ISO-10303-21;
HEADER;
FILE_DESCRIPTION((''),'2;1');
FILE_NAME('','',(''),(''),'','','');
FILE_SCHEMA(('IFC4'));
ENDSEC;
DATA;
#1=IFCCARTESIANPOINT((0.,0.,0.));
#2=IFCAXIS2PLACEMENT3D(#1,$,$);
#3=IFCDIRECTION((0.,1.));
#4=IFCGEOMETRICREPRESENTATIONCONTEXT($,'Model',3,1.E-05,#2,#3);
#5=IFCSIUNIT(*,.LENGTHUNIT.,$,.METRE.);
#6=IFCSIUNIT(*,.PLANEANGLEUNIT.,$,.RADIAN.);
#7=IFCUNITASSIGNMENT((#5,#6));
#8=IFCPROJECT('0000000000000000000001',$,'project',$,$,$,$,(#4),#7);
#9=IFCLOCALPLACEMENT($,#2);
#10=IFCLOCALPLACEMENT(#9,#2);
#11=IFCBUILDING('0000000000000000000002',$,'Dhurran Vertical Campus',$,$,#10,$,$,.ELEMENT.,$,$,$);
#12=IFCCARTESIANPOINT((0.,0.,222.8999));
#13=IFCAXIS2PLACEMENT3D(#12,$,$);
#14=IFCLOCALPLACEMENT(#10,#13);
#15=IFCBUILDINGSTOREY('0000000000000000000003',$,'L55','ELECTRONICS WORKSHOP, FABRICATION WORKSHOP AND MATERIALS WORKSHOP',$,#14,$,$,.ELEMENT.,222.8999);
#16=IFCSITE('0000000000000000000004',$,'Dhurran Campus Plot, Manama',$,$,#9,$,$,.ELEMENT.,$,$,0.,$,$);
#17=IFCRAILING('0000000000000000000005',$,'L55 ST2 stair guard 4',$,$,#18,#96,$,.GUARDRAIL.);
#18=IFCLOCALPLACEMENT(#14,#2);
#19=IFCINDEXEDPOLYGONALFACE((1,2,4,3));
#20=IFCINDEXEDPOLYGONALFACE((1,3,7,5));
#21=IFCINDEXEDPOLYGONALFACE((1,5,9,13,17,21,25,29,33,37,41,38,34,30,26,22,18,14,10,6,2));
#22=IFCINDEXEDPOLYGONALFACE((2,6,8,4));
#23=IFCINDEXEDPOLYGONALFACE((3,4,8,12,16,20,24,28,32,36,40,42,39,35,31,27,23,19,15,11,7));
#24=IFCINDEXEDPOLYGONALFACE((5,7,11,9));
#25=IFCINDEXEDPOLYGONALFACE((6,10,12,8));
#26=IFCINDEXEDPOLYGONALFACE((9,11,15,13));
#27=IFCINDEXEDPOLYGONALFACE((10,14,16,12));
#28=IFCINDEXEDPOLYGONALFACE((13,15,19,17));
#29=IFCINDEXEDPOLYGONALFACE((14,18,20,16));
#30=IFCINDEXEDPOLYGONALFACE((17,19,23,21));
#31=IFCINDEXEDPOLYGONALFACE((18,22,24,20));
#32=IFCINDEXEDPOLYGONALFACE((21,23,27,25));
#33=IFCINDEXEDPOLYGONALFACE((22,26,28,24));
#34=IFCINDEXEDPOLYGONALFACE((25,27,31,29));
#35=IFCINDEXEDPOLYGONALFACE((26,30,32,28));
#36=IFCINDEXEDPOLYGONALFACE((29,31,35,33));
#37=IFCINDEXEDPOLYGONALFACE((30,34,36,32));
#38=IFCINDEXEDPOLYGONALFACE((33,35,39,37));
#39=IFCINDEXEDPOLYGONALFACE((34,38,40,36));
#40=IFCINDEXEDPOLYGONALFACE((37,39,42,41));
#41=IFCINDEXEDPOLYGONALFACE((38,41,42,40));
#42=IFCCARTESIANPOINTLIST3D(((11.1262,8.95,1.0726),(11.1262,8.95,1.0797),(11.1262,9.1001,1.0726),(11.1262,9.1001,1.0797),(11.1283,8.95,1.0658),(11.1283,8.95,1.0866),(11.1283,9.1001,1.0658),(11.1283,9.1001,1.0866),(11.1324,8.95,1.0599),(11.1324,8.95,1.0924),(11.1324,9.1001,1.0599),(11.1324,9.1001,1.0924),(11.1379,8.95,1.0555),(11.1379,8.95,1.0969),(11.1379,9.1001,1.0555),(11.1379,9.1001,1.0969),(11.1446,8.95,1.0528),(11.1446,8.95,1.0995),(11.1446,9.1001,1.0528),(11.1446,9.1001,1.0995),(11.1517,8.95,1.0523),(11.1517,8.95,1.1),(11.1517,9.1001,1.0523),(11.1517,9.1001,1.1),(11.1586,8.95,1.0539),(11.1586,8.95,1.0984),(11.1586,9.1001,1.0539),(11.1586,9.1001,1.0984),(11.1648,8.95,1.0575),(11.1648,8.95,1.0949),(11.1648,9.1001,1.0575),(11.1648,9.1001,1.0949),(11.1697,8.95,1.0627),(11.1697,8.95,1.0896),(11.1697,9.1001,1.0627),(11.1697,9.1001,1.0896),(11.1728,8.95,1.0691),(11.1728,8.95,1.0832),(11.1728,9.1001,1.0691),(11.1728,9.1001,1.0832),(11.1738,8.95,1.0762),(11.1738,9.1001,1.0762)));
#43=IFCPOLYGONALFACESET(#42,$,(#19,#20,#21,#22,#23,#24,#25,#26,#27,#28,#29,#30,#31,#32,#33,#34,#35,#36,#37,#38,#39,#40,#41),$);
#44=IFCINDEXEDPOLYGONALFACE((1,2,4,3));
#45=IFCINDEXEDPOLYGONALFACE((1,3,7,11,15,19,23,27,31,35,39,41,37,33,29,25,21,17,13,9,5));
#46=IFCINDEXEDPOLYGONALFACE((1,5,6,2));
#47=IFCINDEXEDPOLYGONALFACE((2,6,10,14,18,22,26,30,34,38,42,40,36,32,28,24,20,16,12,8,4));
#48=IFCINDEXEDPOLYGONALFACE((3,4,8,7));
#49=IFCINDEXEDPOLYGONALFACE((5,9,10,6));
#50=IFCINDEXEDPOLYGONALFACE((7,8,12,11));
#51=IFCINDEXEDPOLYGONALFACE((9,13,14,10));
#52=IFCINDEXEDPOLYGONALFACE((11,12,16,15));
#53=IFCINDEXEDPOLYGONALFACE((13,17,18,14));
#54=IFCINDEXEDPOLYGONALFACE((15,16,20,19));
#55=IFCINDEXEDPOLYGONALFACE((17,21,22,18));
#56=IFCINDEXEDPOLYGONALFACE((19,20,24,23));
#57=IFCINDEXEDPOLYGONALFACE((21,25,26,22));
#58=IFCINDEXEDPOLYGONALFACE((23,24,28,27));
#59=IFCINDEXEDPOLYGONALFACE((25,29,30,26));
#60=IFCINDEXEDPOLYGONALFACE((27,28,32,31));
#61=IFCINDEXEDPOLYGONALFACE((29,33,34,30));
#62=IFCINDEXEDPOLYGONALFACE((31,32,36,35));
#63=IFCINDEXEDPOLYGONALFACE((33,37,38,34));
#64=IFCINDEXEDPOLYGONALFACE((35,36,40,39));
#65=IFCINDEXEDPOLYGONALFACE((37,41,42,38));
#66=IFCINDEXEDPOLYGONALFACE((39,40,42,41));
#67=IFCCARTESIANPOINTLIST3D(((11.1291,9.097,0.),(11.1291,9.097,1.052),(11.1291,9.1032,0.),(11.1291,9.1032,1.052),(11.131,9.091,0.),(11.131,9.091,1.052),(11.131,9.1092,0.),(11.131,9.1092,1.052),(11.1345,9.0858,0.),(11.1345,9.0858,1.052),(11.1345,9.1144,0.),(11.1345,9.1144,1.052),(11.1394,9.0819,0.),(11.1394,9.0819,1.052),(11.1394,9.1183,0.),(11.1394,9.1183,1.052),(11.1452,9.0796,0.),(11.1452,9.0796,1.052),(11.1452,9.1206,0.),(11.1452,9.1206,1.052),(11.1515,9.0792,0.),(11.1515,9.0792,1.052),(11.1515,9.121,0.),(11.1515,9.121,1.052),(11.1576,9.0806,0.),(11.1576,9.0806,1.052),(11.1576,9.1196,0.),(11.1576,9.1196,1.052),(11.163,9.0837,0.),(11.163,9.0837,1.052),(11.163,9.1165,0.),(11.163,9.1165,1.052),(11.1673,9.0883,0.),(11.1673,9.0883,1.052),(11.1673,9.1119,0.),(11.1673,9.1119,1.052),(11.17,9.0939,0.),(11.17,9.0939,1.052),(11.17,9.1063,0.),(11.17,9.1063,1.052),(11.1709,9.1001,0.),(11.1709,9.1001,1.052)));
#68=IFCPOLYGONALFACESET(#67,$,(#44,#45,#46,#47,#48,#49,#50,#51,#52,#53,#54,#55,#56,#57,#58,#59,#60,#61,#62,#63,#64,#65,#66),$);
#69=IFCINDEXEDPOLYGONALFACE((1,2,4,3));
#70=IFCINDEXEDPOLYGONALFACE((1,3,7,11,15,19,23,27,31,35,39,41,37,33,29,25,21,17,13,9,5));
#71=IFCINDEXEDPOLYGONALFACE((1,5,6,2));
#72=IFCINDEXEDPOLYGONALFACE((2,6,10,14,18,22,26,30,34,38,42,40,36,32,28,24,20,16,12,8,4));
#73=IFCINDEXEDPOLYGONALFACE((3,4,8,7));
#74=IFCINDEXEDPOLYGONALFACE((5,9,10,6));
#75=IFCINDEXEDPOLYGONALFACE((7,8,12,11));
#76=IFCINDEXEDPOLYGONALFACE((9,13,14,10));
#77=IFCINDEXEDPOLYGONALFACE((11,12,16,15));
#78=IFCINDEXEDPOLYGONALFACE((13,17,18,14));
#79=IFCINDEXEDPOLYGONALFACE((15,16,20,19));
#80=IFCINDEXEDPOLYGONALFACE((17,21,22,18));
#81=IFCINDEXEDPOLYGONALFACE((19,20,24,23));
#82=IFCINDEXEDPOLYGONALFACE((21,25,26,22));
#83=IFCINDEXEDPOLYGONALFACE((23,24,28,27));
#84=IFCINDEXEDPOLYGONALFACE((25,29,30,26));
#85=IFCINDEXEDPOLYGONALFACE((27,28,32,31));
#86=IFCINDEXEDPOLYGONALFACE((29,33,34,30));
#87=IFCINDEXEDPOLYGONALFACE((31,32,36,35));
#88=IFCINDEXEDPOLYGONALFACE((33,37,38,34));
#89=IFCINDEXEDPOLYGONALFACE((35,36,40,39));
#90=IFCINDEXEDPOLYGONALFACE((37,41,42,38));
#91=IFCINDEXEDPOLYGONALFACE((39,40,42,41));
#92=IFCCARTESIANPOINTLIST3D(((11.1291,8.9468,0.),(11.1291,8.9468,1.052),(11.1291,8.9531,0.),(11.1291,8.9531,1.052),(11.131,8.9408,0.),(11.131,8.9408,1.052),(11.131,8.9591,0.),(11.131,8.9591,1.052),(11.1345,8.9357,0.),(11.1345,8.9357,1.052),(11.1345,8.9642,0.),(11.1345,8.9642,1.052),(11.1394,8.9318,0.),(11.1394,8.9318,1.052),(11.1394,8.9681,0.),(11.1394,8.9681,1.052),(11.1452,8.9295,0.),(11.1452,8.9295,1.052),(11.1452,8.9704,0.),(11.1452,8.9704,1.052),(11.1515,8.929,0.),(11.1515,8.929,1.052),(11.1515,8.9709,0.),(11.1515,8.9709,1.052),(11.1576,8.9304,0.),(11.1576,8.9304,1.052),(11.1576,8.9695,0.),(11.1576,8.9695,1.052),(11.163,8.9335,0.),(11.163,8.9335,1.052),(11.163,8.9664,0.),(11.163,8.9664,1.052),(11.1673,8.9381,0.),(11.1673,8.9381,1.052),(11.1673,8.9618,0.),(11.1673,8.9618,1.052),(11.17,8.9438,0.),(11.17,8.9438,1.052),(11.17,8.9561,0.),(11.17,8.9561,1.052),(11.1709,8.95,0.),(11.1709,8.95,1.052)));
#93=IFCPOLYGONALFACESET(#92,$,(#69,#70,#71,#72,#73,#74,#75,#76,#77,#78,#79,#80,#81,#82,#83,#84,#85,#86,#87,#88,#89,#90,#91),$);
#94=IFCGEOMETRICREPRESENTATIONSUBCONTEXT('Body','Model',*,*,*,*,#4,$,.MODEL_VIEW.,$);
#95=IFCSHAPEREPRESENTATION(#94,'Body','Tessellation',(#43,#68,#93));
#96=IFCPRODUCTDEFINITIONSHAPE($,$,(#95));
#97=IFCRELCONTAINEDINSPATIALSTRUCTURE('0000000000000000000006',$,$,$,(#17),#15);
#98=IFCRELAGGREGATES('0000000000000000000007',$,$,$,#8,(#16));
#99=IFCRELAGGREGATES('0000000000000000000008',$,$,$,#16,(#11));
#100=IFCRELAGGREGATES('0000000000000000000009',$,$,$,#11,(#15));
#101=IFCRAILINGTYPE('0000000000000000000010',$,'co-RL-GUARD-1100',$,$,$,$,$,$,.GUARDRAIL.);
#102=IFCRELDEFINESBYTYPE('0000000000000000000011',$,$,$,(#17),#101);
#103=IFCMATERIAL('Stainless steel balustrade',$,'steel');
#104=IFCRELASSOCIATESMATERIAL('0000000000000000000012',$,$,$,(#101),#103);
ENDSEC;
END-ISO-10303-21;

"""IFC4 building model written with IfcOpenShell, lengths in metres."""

from ifc_helpers import new_model, si_unit, direction, frame, origin, origin_2d, place, context, subcontext, project, spatial, circle, extrude, material, type_object, element, save


model = new_model("IFC4")

# Units and contexts
model_context = context("Model", 3, precision=1e-05, world=origin(), true_north=direction((0.0, 1.0)))
body_context = subcontext(model_context, "Body", "Model", "MODEL_VIEW")
ifc_project = project(units=[si_unit("LENGTHUNIT", "METRE"), si_unit("PLANEANGLEUNIT", "RADIAN")], contexts=[model_context])

# Site, building, storey
site_placement = place(None, origin())
site = spatial("IfcSite", under=ifc_project, at=site_placement, Name="Dhurran Campus Plot, Manama", CompositionType="ELEMENT", RefElevation=0.0)
building_placement = place(site_placement, origin())
building = spatial("IfcBuilding", under=site, at=building_placement, Name="Dhurran Vertical Campus", CompositionType="ELEMENT")
storey_placement = place(building_placement, frame((0.0, 0.0, 222.8999)))
storey = spatial("IfcBuildingStorey", under=building, at=storey_placement, Name="L55", Description="ELECTRONICS WORKSHOP, FABRICATION WORKSHOP AND MATERIALS WORKSHOP", CompositionType="ELEMENT", Elevation=222.8999)

# Railing
ifc_material_1 = material(Name="Stainless steel balustrade", Category="steel")
railing_type_1 = type_object("IfcRailingType", Name="co-RL-GUARD-1100", PredefinedType="GUARDRAIL", material=ifc_material_1)
railing_1_placement = place(storey_placement, frame((11.1499, 9.1001, 0.0)))
element("IfcRailing", 1, at=railing_1_placement, inside=storey, type_object=railing_type_1, Name="L55 ST2 stair guard 4", PredefinedType="GUARDRAIL", context=body_context, shape_type="SweptSolid", body=[
    extrude(circle(Radius=0.0239, at=origin_2d()), frame((0.0, 0.0, 1.0762), z_axis=(0.0, -1.0, 0.0), x_axis=(1.0, 0.0, 0.0)), (0.0, 0.0, 1.0), 0.1501),
    extrude(circle(Radius=0.021, at=origin_2d()), origin(), (0.0, 0.0, 1.0), 1.052),
    extrude(circle(Radius=0.021, at=origin_2d()), frame((0.0, -0.1501, 0.0)), (0.0, 0.0, 1.0), 1.052),
])

save(model, "model.ifc")
